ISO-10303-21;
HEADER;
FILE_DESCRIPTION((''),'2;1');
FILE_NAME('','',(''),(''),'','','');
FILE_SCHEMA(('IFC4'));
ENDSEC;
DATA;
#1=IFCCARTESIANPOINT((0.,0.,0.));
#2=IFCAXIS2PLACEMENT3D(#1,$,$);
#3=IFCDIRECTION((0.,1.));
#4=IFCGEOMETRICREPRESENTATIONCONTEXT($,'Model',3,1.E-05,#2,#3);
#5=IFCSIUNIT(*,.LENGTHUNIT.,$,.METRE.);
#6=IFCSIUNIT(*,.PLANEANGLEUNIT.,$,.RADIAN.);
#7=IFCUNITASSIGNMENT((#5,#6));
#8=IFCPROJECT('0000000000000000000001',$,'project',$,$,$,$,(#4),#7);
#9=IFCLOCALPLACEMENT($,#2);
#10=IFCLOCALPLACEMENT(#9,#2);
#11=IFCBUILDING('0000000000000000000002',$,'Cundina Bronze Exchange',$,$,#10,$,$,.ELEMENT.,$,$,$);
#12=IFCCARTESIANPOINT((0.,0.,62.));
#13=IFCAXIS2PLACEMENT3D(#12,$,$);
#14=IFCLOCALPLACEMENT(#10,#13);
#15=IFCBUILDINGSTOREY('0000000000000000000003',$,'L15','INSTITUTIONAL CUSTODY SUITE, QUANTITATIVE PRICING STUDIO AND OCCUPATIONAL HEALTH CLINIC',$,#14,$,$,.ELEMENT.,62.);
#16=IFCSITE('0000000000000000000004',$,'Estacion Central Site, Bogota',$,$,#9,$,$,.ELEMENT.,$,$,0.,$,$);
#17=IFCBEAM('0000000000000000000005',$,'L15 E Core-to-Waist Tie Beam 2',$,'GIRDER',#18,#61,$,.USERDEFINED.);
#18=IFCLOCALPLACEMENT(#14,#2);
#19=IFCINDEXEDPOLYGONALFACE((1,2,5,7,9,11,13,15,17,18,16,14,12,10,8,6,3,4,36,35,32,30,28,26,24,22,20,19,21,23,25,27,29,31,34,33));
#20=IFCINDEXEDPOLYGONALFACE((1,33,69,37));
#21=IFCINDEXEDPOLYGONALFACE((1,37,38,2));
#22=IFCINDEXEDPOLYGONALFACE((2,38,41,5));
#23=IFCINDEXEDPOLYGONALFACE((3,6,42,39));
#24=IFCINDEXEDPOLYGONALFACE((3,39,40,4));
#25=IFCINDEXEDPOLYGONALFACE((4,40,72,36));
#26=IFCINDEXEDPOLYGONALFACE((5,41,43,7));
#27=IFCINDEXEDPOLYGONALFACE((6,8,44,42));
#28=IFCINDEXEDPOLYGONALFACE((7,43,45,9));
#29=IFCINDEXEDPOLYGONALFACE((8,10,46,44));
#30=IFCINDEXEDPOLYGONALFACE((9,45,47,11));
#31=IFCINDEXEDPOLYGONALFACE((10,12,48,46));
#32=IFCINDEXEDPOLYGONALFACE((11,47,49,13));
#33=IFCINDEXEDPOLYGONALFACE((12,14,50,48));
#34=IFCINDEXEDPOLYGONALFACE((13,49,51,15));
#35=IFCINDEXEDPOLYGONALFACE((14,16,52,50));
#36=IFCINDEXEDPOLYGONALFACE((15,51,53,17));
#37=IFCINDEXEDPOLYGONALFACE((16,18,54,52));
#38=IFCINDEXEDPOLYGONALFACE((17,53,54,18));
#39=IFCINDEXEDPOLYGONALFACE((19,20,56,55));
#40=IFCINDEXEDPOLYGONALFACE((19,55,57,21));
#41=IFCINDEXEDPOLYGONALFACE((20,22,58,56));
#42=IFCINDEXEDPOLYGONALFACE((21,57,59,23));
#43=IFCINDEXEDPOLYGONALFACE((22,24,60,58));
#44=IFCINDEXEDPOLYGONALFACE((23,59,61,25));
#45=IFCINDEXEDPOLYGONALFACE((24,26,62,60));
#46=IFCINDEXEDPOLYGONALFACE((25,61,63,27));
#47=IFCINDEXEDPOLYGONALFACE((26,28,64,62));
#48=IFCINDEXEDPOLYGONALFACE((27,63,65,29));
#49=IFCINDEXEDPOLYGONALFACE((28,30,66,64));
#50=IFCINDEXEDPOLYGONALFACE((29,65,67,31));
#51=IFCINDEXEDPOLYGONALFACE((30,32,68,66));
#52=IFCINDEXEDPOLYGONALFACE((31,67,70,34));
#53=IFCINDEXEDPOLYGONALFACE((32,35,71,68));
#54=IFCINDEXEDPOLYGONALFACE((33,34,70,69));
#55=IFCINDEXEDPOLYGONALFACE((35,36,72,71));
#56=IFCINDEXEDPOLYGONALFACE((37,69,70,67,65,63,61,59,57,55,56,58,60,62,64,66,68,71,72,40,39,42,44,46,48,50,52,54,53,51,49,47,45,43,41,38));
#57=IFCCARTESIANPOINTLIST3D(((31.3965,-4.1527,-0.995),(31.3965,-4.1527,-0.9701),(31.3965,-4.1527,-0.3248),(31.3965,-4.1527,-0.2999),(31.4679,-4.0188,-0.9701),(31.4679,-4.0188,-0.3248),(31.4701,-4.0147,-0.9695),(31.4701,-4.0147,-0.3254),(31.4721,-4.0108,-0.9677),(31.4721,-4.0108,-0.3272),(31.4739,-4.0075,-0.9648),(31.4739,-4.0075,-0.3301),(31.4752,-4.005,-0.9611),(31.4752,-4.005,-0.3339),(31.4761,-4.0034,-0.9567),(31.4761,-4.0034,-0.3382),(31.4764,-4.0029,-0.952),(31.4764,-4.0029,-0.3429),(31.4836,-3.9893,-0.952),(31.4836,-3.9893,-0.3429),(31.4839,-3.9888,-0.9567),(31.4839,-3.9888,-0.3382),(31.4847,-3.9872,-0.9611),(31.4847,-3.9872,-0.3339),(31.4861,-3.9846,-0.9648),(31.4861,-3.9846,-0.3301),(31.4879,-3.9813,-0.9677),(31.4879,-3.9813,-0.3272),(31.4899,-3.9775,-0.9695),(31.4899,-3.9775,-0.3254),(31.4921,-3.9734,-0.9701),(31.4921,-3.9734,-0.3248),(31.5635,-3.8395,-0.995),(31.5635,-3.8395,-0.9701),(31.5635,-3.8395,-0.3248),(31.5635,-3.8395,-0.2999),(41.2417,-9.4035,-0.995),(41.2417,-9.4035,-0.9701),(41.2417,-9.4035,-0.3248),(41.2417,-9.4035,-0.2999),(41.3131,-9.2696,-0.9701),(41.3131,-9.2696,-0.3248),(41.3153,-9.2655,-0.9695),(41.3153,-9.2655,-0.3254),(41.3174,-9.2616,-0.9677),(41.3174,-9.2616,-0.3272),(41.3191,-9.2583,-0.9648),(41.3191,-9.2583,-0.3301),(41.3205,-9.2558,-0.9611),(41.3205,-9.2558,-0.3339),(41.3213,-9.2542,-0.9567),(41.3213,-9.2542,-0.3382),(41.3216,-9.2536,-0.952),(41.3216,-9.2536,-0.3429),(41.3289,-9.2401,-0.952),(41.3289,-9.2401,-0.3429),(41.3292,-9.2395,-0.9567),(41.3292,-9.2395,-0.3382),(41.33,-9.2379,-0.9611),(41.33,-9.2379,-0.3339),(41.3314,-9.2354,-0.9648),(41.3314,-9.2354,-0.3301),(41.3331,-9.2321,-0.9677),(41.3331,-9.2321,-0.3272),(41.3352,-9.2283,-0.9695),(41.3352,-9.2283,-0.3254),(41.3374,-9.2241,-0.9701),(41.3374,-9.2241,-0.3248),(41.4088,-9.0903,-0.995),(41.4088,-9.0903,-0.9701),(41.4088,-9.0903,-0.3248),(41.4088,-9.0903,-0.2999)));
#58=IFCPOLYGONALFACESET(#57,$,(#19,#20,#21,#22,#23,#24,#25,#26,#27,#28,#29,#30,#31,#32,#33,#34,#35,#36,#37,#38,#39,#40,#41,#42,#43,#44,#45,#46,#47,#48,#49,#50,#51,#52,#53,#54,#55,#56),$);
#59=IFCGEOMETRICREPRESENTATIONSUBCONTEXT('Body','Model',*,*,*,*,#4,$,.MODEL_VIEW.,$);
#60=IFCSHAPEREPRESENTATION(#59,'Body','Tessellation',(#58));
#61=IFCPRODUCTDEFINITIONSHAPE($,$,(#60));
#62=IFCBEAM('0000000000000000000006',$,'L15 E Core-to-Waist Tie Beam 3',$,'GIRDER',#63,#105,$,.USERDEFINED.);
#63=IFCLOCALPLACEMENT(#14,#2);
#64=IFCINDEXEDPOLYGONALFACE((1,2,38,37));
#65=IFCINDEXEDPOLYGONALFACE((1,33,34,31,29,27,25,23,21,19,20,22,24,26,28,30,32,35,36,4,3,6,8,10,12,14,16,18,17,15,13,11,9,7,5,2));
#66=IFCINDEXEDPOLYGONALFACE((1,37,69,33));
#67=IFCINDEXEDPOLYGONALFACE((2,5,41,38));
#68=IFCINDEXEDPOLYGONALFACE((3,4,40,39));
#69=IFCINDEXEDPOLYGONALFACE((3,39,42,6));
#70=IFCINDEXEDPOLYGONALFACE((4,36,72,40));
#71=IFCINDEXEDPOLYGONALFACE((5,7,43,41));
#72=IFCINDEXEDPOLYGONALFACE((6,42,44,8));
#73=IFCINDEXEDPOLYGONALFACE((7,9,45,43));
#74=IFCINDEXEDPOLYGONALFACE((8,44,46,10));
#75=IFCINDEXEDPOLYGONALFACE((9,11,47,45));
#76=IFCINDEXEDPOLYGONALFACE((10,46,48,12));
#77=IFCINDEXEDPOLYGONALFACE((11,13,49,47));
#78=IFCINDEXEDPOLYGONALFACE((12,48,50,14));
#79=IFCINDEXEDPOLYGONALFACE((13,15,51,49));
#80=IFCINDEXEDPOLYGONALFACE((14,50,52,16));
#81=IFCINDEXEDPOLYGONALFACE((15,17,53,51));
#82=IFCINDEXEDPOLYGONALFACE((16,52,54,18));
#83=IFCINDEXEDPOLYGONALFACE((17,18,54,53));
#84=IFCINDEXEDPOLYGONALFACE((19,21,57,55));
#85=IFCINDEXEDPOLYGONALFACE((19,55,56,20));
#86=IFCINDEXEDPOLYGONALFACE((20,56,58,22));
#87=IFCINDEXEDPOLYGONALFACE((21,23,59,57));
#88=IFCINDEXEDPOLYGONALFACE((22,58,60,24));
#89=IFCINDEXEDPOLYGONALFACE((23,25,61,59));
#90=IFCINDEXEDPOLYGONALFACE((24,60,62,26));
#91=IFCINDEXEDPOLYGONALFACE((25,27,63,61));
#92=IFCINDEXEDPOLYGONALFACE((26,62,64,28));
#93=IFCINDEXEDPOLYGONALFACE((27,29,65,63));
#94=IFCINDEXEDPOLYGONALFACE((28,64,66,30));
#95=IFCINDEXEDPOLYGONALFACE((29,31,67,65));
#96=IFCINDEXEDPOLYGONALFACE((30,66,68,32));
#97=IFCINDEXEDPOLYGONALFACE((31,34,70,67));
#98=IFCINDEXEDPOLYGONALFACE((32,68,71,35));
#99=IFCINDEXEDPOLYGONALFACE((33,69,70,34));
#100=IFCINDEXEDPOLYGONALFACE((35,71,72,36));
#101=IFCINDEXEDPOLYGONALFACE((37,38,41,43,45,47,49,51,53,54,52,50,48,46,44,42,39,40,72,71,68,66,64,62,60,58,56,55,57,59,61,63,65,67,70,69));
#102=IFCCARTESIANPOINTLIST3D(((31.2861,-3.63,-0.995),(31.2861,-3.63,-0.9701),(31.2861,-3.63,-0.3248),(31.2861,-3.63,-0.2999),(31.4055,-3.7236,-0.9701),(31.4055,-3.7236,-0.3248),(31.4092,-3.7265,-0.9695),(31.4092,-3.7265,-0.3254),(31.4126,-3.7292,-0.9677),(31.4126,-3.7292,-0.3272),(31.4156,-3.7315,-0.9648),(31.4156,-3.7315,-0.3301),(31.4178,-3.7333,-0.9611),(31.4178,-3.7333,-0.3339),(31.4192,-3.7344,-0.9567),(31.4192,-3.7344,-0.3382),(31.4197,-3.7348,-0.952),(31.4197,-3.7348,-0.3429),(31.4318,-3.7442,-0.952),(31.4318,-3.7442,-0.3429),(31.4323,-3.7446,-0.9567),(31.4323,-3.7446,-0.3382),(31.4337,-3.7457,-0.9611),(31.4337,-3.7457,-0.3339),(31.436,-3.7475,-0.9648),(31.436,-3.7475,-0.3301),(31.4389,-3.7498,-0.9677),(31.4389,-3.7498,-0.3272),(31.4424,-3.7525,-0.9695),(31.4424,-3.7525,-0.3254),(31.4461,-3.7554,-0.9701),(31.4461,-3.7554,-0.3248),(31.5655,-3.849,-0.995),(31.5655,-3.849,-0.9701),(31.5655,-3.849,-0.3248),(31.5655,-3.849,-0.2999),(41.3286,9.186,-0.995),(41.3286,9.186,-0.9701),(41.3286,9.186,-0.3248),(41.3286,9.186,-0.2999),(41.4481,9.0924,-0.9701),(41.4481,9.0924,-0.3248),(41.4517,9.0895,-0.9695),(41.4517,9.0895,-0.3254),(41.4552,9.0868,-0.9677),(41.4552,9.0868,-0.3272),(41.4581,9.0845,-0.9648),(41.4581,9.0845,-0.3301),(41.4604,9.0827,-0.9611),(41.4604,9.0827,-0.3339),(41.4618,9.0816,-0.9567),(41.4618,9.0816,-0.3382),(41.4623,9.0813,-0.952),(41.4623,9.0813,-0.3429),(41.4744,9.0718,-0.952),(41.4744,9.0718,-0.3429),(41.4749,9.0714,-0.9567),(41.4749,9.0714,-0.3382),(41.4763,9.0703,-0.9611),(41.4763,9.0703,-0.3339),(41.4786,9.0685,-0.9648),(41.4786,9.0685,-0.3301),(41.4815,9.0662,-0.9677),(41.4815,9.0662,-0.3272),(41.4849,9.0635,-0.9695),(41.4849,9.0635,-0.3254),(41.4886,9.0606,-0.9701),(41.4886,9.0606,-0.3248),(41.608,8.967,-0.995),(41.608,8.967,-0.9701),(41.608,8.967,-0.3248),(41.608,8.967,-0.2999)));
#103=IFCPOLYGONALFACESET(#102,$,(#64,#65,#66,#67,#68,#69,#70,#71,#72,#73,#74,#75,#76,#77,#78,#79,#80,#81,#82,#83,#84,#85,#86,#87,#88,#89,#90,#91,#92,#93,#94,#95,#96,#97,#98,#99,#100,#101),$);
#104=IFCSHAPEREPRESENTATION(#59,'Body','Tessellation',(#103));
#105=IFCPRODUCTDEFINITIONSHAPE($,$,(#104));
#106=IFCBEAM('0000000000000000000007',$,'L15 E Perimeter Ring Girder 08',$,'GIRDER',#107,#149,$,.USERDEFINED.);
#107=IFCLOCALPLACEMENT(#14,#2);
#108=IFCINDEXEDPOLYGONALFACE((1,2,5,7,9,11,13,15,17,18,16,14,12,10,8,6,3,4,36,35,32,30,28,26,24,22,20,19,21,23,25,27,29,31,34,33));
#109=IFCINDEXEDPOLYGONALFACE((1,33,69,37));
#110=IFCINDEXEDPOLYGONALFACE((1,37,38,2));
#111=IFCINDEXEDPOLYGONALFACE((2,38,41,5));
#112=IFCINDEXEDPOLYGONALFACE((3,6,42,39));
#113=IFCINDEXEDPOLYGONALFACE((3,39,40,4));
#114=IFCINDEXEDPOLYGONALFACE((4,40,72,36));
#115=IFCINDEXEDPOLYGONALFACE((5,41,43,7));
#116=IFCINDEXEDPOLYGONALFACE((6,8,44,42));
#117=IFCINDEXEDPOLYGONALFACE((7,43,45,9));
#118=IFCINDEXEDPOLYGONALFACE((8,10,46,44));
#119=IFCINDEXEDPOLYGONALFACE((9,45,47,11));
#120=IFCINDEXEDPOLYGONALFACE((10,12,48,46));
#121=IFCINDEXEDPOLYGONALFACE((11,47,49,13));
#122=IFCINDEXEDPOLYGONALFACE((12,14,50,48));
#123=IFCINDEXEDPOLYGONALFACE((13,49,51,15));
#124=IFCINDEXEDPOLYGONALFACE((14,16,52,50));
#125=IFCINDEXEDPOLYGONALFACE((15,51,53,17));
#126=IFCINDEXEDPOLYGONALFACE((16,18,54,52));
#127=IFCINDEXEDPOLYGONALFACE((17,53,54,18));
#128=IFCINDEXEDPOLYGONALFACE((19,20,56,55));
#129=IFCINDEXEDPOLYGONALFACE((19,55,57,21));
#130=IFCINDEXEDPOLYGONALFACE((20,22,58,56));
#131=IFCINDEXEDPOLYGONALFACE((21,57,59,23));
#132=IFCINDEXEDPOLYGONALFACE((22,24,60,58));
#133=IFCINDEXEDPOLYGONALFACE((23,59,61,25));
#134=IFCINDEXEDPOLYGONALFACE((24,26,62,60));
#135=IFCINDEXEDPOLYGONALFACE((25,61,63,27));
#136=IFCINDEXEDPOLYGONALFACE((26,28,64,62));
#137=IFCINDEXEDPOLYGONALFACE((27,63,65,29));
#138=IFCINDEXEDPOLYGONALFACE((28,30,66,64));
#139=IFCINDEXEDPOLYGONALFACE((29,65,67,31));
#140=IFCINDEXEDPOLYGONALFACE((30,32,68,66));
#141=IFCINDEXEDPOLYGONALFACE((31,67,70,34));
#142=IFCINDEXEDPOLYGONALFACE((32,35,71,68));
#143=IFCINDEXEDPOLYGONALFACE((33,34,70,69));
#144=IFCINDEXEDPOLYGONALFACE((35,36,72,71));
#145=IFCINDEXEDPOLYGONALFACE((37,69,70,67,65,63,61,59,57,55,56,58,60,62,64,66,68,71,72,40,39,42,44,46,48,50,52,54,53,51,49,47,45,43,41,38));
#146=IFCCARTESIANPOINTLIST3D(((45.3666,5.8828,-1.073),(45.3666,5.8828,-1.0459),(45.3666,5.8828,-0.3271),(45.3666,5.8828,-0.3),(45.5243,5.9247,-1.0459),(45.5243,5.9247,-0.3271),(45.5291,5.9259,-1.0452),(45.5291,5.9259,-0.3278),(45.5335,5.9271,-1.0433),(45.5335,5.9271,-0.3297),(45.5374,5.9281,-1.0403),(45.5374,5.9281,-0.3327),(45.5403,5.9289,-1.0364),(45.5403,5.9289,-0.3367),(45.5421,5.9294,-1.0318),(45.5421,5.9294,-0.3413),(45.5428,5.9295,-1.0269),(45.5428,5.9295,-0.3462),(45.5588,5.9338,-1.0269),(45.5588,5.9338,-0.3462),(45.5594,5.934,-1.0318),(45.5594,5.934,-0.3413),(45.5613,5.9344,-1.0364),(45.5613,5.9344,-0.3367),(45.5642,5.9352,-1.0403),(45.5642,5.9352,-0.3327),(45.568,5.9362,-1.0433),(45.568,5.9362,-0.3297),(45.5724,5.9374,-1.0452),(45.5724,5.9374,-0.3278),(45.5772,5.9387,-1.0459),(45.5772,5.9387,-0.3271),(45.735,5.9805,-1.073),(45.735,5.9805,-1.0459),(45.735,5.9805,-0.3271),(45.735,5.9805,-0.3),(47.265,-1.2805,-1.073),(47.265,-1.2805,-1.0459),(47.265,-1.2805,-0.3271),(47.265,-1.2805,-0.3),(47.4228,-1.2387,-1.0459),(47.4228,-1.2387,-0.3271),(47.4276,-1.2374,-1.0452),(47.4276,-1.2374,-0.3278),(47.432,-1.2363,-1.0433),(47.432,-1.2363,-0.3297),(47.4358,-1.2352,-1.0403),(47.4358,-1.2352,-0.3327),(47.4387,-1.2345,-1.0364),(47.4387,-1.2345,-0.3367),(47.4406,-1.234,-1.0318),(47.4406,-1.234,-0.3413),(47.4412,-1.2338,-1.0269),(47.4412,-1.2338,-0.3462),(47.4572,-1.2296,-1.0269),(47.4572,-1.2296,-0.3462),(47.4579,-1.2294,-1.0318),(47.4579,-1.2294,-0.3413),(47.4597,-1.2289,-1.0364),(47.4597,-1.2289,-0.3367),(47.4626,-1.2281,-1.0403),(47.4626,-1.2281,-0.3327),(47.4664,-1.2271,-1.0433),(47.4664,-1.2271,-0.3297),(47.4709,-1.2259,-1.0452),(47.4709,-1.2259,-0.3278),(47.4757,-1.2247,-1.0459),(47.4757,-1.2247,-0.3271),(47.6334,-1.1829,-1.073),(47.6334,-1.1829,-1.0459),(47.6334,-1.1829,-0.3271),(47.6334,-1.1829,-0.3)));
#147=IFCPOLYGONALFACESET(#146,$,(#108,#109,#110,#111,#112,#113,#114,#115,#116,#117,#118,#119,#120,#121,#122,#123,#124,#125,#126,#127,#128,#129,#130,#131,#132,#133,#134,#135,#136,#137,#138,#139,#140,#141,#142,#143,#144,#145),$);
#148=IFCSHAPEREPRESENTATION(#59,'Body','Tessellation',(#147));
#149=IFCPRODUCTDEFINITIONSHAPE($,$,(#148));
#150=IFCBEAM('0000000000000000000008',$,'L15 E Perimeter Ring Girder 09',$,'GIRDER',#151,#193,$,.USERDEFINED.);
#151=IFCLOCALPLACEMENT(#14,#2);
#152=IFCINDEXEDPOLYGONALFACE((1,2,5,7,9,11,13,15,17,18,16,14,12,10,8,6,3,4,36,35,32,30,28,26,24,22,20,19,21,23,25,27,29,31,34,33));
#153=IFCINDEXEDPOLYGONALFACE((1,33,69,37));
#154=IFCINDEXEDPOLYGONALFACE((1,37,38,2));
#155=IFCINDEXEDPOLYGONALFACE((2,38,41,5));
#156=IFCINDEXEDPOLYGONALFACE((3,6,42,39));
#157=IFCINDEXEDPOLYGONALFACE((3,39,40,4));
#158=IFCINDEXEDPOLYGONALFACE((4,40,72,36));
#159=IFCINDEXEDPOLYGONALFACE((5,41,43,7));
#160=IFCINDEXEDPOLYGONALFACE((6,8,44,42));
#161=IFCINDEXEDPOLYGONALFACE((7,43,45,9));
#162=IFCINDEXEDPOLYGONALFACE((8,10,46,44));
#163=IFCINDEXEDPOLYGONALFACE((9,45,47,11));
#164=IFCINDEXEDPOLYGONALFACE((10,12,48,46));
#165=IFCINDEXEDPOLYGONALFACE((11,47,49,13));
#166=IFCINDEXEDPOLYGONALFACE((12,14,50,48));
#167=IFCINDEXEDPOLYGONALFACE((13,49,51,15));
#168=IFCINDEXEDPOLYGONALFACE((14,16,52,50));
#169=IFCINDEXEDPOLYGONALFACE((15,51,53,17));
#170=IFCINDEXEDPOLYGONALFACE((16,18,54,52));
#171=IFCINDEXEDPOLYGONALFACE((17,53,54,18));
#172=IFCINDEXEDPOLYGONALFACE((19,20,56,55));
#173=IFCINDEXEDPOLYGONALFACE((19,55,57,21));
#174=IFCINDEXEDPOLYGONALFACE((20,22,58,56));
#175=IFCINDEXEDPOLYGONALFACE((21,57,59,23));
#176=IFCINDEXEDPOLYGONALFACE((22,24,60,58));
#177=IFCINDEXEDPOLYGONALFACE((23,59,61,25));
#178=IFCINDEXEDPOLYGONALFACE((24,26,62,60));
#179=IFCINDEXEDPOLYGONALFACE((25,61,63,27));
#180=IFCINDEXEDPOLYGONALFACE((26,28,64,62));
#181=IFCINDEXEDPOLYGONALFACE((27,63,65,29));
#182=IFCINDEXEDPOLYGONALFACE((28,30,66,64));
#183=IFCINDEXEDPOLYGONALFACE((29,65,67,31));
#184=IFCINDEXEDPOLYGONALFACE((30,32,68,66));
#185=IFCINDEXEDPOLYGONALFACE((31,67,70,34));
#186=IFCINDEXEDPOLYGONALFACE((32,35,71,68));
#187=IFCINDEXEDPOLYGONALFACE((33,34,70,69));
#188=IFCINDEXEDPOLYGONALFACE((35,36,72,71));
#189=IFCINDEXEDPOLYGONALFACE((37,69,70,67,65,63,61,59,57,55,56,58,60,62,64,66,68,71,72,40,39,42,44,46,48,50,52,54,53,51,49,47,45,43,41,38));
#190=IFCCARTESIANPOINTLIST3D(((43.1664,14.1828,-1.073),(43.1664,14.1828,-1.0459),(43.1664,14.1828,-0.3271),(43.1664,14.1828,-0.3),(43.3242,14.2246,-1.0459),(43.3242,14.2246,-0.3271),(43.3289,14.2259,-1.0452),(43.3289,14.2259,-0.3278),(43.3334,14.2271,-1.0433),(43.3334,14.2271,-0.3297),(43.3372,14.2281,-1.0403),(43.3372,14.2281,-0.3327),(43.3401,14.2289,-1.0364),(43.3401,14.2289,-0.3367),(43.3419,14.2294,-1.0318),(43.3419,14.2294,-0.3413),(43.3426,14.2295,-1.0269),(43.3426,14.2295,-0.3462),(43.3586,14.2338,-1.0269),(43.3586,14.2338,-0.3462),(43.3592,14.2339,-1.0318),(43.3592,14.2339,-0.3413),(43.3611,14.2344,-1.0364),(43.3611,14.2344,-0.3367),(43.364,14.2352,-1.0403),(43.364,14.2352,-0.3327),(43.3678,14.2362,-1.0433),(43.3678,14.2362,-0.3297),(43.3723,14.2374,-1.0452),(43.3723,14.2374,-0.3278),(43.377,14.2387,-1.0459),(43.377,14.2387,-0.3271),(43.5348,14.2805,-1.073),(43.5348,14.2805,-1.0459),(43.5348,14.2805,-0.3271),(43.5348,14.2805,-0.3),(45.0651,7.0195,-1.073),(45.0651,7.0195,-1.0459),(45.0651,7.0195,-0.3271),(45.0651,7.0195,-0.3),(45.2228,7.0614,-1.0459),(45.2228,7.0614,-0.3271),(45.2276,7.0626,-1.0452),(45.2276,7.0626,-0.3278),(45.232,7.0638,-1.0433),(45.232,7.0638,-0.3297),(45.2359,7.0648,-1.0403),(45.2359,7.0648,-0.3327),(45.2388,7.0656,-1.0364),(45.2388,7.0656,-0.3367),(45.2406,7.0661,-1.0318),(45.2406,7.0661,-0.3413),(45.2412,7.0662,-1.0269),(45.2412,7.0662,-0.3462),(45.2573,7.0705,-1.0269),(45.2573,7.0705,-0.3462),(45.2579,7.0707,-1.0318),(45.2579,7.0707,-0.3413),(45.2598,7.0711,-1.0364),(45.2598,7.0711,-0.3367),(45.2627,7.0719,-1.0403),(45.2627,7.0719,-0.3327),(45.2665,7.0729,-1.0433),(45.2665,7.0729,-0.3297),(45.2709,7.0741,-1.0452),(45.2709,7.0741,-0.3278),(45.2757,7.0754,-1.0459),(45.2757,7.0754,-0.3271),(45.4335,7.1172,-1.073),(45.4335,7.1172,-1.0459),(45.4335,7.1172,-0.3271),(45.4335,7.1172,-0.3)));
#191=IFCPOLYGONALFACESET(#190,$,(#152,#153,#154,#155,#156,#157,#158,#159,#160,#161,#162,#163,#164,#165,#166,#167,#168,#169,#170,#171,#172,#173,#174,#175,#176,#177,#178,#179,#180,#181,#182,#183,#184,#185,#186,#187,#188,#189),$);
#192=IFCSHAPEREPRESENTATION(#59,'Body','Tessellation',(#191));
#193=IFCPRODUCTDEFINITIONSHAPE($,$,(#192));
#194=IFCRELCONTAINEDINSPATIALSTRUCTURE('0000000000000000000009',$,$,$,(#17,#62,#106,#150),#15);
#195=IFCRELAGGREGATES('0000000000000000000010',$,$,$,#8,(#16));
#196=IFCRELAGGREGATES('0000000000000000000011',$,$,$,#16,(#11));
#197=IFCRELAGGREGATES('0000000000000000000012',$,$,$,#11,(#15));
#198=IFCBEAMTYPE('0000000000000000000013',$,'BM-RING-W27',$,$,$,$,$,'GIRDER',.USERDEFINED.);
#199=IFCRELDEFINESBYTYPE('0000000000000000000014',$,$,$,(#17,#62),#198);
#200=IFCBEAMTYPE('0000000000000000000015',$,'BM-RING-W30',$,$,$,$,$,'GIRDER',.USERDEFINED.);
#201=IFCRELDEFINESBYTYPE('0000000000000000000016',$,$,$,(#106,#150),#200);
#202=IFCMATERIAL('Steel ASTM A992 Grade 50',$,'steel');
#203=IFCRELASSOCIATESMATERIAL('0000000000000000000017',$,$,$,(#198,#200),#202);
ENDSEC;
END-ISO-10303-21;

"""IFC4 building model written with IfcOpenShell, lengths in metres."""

from ifc_helpers import new_model, si_unit, direction, frame, origin, origin_2d, place, context, subcontext, project, spatial, i_section, extrude, material, material_profile, profile_set, type_object, element, save


model = new_model("IFC4")

# Units and contexts
model_context = context("Model", 3, precision=1e-05, world=origin(), true_north=direction((0.0, 1.0)))
body_context = subcontext(model_context, "Body", "Model", "MODEL_VIEW")
ifc_project = project(units=[si_unit("LENGTHUNIT", "METRE"), si_unit("PLANEANGLEUNIT", "RADIAN")], contexts=[model_context])

# Site, building, storey
site_placement = place(None, origin())
site = spatial("IfcSite", under=ifc_project, at=site_placement, Name="Estacion Central Site, Bogota", CompositionType="ELEMENT", RefElevation=0.0)
building_placement = place(site_placement, origin())
building = spatial("IfcBuilding", under=site, at=building_placement, Name="Cundina Bronze Exchange", CompositionType="ELEMENT")
storey_placement = place(building_placement, frame((0.0, 0.0, 62.0)))
storey = spatial("IfcBuildingStorey", under=building, at=storey_placement, Name="L15", Description="INSTITUTIONAL CUSTODY SUITE, QUANTITATIVE PRICING STUDIO AND OCCUPATIONAL HEALTH CLINIC", CompositionType="ELEMENT", Elevation=62.0)

# Shared definitions
ifc_material_1 = material(Name="Steel ASTM A992 Grade 50", Category="steel")

# Beams
ifc_material_profile_1 = material_profile(ifc_material_1, i_section(OverallWidth=0.355, OverallDepth=0.6951, WebThickness=0.0154, FlangeThickness=0.0249, FilletRadius=0.0181, at=origin_2d()), Name="W27X146", Category="steel")
ifc_profile_set_1 = profile_set([ifc_material_profile_1], Name="Steel ASTM A992 Grade 50")
beam_type_1 = type_object("IfcBeamType", Name="BM-RING-W27", ElementType="GIRDER", PredefinedType="USERDEFINED", material=ifc_profile_set_1)
beam_1_placement = place(storey_placement, frame((31.48, -3.9961, -0.6475), z_axis=(0.882355, -0.470585, 0.0), x_axis=(0.470585, 0.882355, 0.0)))
element("IfcBeam", 1, at=beam_1_placement, inside=storey, type_object=beam_type_1, Name="L15 E Core-to-Waist Tie Beam 2", ObjectType="GIRDER", PredefinedType="USERDEFINED", context=body_context, shape_type="SweptSolid", body=[
    extrude(i_section(OverallWidth=0.355, OverallDepth=0.6951, WebThickness=0.0154, FlangeThickness=0.0249, FilletRadius=0.0181, at=origin_2d()), origin(), (0.0, 0.0, 1.0), 11.158),
])
beam_2_placement = place(storey_placement, frame((31.4258, -3.7395, -0.6475), z_axis=(0.616789, 0.787128, 0.0), x_axis=(-0.787128, 0.616789, 0.0)))
element("IfcBeam", 2, at=beam_2_placement, inside=storey, type_object=beam_type_1, Name="L15 E Core-to-Waist Tie Beam 3", ObjectType="GIRDER", PredefinedType="USERDEFINED", context=body_context, shape_type="SweptSolid", body=[
    extrude(i_section(OverallWidth=0.355, OverallDepth=0.6951, WebThickness=0.0154, FlangeThickness=0.0249, FilletRadius=0.0181, at=origin_2d()), origin(), (0.0, 0.0, 1.0), 16.282),
])
ifc_material_profile_2 = material_profile(ifc_material_1, i_section(OverallWidth=0.3811, OverallDepth=0.7729, WebThickness=0.0166, FlangeThickness=0.0271, FilletRadius=0.019, at=origin_2d()), Name="W30X173", Category="steel")
ifc_profile_set_2 = profile_set([ifc_material_profile_2], Name="Steel ASTM A992 Grade 50")
beam_type_2 = type_object("IfcBeamType", Name="BM-RING-W30", ElementType="GIRDER", PredefinedType="USERDEFINED", material=ifc_profile_set_2)
for number, where, z_axis, x_axis, name in (
    (3, (47.4492, -1.2317, -0.6865), (-0.256178, 0.96663, 0.0), (-0.96663, -0.256178, 0.0), "L15 E Perimeter Ring Girder 08"),
    (4, (45.2493, 7.0684, -0.6865), (-0.256209, 0.966622, 0.0), (-0.966622, -0.256209, 0.0), "L15 E Perimeter Ring Girder 09"),
):
    element("IfcBeam", number, at=place(storey_placement, frame(where, z_axis=z_axis, x_axis=x_axis)), inside=storey, type_object=beam_type_2, Name=name, ObjectType="GIRDER", PredefinedType="USERDEFINED", context=body_context, shape_type="SweptSolid", body=[
        extrude(i_section(OverallWidth=0.3811, OverallDepth=0.7729, WebThickness=0.0166, FlangeThickness=0.0271, FilletRadius=0.019, at=origin_2d()), origin(), (0.0, 0.0, 1.0), 7.4106),
    ])

save(model, "model.ifc")
